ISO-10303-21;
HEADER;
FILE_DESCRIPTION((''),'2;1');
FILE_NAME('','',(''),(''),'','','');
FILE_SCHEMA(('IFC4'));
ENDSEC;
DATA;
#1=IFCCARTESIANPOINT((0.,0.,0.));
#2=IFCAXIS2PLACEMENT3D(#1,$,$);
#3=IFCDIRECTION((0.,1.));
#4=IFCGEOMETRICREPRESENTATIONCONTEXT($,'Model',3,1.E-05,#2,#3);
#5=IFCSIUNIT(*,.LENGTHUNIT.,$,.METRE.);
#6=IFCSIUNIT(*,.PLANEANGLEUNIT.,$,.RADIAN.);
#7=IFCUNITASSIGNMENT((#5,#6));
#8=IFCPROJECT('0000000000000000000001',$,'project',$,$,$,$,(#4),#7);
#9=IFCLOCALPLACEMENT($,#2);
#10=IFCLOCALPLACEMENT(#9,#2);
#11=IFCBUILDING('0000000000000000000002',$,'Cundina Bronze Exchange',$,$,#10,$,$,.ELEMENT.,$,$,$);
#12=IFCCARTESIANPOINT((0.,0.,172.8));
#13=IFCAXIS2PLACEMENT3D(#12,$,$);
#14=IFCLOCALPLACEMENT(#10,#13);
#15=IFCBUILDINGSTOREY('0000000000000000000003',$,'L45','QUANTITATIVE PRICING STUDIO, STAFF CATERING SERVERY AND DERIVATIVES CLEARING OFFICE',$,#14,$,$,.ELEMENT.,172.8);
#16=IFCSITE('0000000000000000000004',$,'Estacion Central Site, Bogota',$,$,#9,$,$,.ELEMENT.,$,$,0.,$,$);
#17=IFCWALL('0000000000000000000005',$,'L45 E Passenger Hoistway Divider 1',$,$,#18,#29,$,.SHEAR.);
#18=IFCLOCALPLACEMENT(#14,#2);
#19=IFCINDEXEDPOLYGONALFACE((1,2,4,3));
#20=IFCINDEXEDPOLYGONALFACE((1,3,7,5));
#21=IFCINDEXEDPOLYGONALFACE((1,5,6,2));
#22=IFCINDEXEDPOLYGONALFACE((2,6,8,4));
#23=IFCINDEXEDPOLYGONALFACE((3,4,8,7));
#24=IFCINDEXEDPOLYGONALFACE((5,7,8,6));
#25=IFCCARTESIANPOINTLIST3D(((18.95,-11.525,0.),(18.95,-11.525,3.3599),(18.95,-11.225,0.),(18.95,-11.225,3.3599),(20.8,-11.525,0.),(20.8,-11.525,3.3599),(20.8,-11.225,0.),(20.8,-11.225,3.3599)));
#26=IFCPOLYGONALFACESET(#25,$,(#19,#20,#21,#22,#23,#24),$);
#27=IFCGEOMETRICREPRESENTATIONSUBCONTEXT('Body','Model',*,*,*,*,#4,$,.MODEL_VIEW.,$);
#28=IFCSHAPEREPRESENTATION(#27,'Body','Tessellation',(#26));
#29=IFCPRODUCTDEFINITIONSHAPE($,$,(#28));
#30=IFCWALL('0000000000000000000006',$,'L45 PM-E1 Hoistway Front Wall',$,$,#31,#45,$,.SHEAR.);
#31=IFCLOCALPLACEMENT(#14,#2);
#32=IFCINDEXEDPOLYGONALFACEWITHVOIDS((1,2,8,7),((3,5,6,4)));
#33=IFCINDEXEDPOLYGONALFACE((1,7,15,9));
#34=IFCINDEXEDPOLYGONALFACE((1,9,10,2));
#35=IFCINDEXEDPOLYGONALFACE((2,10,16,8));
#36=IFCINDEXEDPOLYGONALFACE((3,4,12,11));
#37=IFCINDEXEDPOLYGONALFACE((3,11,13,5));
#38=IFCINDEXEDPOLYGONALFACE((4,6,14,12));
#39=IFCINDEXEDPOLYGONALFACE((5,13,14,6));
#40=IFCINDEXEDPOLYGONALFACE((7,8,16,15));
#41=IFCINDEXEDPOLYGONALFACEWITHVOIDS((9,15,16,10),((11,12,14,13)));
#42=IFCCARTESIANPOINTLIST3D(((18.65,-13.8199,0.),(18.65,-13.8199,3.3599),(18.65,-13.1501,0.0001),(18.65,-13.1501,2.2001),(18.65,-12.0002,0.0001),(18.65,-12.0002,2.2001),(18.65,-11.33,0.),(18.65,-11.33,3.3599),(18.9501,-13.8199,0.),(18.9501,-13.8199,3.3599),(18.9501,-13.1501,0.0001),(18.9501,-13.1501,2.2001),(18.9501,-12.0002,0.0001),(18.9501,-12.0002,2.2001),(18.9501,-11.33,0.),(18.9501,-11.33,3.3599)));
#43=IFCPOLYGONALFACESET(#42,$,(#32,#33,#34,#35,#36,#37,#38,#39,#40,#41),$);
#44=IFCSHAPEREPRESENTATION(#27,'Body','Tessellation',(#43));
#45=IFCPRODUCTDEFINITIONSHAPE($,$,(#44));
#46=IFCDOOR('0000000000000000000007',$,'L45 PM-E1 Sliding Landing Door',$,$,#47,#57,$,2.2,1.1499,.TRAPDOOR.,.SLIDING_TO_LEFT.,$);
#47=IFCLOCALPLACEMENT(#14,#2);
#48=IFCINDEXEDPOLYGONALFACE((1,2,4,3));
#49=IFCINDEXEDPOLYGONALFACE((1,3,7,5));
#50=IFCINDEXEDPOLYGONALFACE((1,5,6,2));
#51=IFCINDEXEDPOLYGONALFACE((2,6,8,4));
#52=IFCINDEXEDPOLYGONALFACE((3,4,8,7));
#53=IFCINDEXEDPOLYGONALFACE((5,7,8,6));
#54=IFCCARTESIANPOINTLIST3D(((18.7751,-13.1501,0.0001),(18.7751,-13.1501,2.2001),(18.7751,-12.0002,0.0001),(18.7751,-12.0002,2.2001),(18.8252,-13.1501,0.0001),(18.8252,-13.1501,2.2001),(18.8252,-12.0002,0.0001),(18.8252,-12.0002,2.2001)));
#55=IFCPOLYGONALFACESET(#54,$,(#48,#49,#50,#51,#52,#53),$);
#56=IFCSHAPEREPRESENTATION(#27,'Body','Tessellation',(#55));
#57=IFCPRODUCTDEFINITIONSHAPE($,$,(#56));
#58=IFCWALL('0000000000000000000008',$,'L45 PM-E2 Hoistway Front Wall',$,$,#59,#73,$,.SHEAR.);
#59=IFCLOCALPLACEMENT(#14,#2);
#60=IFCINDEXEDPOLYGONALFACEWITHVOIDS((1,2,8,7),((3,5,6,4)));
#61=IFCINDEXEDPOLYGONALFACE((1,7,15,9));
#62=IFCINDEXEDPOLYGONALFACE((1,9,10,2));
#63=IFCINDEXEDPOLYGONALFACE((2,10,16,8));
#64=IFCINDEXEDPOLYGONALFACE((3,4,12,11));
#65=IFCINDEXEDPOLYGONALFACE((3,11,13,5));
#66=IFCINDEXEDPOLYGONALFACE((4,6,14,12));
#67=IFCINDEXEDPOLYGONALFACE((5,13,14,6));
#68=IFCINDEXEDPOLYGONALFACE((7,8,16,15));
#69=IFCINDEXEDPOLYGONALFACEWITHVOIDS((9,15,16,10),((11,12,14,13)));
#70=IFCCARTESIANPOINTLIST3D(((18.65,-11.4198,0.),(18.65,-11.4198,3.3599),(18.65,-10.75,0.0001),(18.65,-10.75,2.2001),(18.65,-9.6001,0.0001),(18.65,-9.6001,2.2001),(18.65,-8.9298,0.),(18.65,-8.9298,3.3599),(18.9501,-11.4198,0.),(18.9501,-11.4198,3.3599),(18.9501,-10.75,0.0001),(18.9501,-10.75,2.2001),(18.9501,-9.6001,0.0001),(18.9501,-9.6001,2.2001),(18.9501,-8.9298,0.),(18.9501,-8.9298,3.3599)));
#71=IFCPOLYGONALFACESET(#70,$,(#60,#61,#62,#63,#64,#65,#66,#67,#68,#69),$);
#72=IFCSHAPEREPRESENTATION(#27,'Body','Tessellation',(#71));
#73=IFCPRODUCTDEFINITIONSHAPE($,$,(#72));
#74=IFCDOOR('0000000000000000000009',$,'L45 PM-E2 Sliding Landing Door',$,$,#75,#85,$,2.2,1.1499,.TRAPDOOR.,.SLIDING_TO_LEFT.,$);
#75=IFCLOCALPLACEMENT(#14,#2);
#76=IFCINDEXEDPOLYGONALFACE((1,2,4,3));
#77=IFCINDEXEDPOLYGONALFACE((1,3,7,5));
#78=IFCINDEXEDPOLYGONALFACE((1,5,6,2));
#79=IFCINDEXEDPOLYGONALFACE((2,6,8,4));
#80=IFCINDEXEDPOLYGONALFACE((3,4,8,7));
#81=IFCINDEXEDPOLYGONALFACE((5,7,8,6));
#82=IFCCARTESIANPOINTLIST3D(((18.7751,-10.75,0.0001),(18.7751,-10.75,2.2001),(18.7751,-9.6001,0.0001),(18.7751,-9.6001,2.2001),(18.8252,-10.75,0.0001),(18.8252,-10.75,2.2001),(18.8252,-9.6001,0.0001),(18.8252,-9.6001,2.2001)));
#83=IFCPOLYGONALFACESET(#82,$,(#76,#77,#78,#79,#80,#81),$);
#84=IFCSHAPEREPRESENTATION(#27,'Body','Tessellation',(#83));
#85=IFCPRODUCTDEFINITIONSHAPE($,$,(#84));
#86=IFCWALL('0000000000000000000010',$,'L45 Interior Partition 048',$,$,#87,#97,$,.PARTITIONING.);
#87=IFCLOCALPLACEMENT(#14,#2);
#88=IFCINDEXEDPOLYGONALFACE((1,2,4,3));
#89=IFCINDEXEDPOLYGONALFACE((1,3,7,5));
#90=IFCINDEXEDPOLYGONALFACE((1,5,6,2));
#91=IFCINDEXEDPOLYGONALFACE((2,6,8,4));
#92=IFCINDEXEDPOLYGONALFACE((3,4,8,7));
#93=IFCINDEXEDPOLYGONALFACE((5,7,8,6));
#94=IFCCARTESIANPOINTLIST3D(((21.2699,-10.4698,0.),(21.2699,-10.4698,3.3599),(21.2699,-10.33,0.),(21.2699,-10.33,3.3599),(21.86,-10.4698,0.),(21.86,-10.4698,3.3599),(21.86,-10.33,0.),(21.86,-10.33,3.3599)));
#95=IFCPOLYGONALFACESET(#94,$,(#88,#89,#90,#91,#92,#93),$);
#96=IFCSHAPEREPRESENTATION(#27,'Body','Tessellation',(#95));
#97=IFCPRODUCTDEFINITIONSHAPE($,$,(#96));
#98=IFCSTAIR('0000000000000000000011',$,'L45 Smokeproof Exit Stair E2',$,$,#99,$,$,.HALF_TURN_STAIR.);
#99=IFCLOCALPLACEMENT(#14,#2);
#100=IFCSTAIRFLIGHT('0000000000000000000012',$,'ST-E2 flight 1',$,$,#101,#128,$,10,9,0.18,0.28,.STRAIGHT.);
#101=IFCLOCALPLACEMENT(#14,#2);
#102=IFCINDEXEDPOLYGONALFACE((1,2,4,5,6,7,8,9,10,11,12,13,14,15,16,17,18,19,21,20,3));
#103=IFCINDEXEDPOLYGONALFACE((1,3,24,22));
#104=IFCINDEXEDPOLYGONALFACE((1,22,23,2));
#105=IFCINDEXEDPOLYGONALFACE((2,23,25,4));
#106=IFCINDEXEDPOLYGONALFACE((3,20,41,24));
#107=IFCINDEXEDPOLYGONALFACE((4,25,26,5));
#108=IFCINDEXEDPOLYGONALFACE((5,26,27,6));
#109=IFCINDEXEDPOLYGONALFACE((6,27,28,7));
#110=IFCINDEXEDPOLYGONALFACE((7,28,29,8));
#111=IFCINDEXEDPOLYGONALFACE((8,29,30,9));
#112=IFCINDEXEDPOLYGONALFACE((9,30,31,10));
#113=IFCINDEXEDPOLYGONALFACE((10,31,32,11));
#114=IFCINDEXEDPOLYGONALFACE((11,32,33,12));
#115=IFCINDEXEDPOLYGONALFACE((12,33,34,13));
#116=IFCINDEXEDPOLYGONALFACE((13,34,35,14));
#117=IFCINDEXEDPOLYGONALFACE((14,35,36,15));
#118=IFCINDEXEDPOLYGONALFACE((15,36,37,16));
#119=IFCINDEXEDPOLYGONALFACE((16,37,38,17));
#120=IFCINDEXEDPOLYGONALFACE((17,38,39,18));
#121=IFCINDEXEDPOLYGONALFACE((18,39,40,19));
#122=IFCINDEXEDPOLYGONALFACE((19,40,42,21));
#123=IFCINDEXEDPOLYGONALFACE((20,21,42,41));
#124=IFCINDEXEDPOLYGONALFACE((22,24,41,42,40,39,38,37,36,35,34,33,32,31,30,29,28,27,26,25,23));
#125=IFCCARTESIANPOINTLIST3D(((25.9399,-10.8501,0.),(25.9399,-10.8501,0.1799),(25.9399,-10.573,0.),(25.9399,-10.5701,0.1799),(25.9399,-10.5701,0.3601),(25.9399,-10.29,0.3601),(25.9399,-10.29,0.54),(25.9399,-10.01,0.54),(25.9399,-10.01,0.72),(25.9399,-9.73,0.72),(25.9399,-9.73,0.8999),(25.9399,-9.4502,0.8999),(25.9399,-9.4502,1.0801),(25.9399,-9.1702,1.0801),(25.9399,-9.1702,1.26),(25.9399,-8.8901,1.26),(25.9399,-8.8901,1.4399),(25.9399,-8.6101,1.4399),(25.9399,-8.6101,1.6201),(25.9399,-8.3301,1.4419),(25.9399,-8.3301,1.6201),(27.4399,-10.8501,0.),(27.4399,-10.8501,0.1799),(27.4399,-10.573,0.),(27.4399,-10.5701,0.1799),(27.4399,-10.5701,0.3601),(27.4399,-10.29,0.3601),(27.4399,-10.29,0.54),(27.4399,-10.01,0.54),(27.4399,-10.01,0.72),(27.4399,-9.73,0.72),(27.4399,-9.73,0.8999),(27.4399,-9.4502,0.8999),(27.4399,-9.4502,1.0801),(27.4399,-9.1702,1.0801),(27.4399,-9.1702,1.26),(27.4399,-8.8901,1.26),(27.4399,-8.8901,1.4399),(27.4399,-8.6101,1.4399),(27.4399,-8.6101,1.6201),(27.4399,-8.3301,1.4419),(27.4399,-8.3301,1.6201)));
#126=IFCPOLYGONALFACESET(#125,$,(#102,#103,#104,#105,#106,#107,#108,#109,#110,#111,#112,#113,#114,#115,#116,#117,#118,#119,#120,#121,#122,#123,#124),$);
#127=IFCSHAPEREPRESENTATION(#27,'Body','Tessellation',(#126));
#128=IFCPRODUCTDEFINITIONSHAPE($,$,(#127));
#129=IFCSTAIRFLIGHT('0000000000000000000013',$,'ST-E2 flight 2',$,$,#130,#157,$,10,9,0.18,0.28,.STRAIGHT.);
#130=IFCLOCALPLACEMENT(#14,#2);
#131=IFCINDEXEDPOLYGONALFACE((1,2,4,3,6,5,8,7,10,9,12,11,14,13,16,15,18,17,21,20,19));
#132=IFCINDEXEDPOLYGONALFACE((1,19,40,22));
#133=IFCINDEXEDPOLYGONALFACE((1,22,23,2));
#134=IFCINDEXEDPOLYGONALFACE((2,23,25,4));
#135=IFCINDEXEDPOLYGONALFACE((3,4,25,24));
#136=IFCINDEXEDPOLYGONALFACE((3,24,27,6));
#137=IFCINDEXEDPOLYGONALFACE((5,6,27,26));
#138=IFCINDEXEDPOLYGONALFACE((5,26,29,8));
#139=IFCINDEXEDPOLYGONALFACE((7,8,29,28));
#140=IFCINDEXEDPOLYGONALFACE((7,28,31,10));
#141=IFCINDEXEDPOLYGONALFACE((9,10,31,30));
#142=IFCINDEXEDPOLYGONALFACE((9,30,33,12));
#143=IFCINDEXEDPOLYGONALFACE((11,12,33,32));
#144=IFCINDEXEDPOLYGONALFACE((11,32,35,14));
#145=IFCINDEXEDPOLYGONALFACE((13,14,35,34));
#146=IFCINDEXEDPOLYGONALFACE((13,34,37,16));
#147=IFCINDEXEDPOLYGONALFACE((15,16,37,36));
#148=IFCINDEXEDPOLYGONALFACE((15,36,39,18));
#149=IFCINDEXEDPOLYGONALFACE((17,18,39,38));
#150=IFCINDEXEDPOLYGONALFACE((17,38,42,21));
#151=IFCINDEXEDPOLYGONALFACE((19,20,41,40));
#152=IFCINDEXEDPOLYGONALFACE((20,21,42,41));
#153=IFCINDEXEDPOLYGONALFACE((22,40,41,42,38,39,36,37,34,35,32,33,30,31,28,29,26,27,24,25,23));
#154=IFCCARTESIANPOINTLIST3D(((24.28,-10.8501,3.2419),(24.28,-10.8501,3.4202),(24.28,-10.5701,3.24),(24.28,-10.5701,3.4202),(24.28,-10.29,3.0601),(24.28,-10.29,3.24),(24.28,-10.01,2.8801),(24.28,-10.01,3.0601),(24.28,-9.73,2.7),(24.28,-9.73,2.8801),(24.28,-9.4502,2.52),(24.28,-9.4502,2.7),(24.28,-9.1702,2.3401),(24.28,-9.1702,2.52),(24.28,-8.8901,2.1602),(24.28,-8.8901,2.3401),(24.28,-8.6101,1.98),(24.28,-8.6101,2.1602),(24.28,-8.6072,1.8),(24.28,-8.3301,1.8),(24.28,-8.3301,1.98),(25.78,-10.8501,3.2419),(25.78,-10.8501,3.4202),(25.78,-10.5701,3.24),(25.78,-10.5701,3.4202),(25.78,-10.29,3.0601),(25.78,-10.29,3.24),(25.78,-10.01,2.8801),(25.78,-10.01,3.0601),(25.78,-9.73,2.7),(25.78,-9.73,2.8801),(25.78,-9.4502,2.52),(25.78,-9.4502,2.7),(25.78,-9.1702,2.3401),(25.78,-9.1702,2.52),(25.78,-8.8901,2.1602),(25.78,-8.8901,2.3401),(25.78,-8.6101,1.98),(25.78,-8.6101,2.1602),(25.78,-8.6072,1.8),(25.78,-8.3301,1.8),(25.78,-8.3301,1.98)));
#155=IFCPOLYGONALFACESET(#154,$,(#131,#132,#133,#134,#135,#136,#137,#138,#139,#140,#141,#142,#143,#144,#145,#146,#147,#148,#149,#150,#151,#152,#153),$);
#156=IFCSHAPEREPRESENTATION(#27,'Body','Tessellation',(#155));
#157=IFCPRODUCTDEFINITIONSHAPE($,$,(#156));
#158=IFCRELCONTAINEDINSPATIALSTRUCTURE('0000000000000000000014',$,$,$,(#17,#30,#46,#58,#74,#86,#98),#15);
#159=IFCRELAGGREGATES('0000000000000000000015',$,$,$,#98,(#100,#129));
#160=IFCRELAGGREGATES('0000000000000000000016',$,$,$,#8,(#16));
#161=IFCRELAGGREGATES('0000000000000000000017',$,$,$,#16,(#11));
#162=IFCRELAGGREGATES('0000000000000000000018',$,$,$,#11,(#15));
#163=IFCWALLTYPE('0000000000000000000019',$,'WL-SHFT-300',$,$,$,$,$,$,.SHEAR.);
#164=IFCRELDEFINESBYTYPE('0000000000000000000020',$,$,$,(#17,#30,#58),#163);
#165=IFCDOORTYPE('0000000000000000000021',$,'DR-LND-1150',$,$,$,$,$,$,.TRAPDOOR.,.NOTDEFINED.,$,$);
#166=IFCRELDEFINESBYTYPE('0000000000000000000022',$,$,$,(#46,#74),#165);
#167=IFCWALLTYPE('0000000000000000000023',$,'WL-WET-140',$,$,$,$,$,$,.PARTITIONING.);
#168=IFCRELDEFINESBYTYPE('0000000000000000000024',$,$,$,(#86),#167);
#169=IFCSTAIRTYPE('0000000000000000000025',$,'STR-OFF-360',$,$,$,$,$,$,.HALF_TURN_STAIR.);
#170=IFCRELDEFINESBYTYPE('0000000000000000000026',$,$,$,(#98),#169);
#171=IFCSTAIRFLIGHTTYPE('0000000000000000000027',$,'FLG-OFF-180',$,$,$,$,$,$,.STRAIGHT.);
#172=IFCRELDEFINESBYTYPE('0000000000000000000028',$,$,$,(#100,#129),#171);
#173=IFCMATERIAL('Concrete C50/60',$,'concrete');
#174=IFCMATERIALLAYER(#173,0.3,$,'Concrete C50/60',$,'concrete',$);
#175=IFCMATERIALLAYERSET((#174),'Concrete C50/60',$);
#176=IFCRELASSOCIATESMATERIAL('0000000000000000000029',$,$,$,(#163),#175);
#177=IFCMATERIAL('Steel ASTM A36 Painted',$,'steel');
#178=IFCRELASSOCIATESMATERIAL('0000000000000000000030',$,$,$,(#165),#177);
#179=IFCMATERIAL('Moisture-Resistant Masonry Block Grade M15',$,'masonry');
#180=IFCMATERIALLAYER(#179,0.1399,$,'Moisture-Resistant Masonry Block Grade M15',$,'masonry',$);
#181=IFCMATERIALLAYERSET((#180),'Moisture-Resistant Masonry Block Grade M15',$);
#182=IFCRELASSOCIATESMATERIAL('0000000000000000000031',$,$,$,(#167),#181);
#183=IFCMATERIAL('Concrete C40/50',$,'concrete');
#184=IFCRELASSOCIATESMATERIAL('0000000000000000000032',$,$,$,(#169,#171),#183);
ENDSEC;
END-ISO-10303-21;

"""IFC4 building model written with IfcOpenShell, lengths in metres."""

from ifc_helpers import new_model, si_unit, direction, frame, frame_2d, origin, place, context, subcontext, project, spatial, polyline, rectangle, outline, extrude, material, layer, layer_set, type_object, element, fill, aggregate, save


model = new_model("IFC4")

# Units and contexts
model_context = context("Model", 3, precision=1e-05, world=origin(), true_north=direction((0.0, 1.0)))
body_context = subcontext(model_context, "Body", "Model", "MODEL_VIEW")
ifc_project = project(units=[si_unit("LENGTHUNIT", "METRE"), si_unit("PLANEANGLEUNIT", "RADIAN")], contexts=[model_context])

# Site, building, storey
site_placement = place(None, origin())
site = spatial("IfcSite", under=ifc_project, at=site_placement, Name="Estacion Central Site, Bogota", CompositionType="ELEMENT", RefElevation=0.0)
building_placement = place(site_placement, origin())
building = spatial("IfcBuilding", under=site, at=building_placement, Name="Cundina Bronze Exchange", CompositionType="ELEMENT")
storey_placement = place(building_placement, frame((0.0, 0.0, 172.8)))
storey = spatial("IfcBuildingStorey", under=building, at=storey_placement, Name="L45", Description="QUANTITATIVE PRICING STUDIO, STAFF CATERING SERVERY AND DERIVATIVES CLEARING OFFICE", CompositionType="ELEMENT", Elevation=172.8)

# Shared definitions
ifc_material_1 = material(Name="Concrete C50/60", Category="concrete")

# Shared definitions
ifc_layer_1 = layer(ifc_material_1, 0.3, Name="Concrete C50/60", Category="concrete")
ifc_layer_set_1 = layer_set([ifc_layer_1], Name="Concrete C50/60")
wall_type_1 = type_object("IfcWallType", Name="WL-SHFT-300", PredefinedType="SHEAR", material=ifc_layer_set_1)

# Shared definitions
ifc_material_2 = material(Name="Steel ASTM A36 Painted", Category="steel")
door_type_1 = type_object("IfcDoorType", Name="DR-LND-1150", OperationType="NOTDEFINED", PredefinedType="TRAPDOOR", material=ifc_material_2)

# Wall
wall_1_placement = place(storey_placement, frame((18.95, -11.375, 0.0), z_axis=(0.0, 0.0, 1.0), x_axis=(1.0, 0.0, 0.0)))
element("IfcWall", 1, at=wall_1_placement, inside=storey, type_object=wall_type_1, Name="L45 E Passenger Hoistway Divider 1", PredefinedType="SHEAR", context=body_context, shape_type="SweptSolid", body=[
    extrude(rectangle(XDim=1.8501, YDim=0.3, at=frame_2d((0.925, 0.0))), origin(), (0.0, 0.0, 1.0), 3.3599),
])

# Walls, openings, doors
wall_2_placement = place(storey_placement, frame((18.8, -13.8201, 0.0), z_axis=(0.0, 0.0, 1.0), x_axis=(0.0, 1.0, 0.0)))
wall_2 = element("IfcWall", 2, at=wall_2_placement, inside=storey, type_object=wall_type_1, Name="L45 PM-E1 Hoistway Front Wall", PredefinedType="SHEAR", context=body_context, shape_type="SweptSolid", body=[
    extrude(rectangle(XDim=2.49, YDim=0.3, at=frame_2d((1.2451, 0.0))), origin(), (0.0, 0.0, 1.0), 3.3599),
])
opening_1_placement = place(wall_2_placement, frame((0.6699, 0.0, 0.0)))
opening_1 = element("IfcOpeningElement", 3, at=opening_1_placement, cuts=wall_2, PredefinedType="OPENING", context=body_context, shape_type="SweptSolid", body=[
    extrude(rectangle(XDim=1.1499, YDim=2.2, at=frame_2d((0.575, 1.1001))), frame((0.0, 0.1599, 0.0), z_axis=(0.0, -1.0, 0.0), x_axis=(1.0, 0.0, 0.0)), (0.0, 0.0, 1.0), 0.3201),
])
door_1_placement = place(opening_1_placement, origin())
door_1 = element("IfcDoor", 4, at=door_1_placement, inside=storey, type_object=door_type_1, Name="L45 PM-E1 Sliding Landing Door", OperationType="SLIDING_TO_LEFT", OverallHeight=2.2, OverallWidth=1.1499, PredefinedType="TRAPDOOR", context=body_context, shape_type="SweptSolid", body=[
    extrude(rectangle(XDim=1.1499, YDim=2.2, at=frame_2d((0.575, 1.1001))), frame((0.0, 0.0249, 0.0), z_axis=(0.0, -1.0, 0.0), x_axis=(1.0, 0.0, 0.0)), (0.0, 0.0, 1.0), 0.05),
])
fill(opening_1, door_1)
wall_3_placement = place(storey_placement, frame((18.8, -11.4199, 0.0), z_axis=(0.0, 0.0, 1.0), x_axis=(0.0, 1.0, 0.0)))
wall_3 = element("IfcWall", 5, at=wall_3_placement, inside=storey, type_object=wall_type_1, Name="L45 PM-E2 Hoistway Front Wall", PredefinedType="SHEAR", context=body_context, shape_type="SweptSolid", body=[
    extrude(rectangle(XDim=2.49, YDim=0.3, at=frame_2d((1.2451, 0.0))), origin(), (0.0, 0.0, 1.0), 3.3599),
])
opening_2_placement = place(wall_3_placement, frame((0.6699, 0.0, 0.0)))
opening_2 = element("IfcOpeningElement", 6, at=opening_2_placement, cuts=wall_3, PredefinedType="OPENING", context=body_context, shape_type="SweptSolid", body=[
    extrude(rectangle(XDim=1.1499, YDim=2.2, at=frame_2d((0.575, 1.1001))), frame((0.0, 0.1599, 0.0), z_axis=(0.0, -1.0, 0.0), x_axis=(1.0, 0.0, 0.0)), (0.0, 0.0, 1.0), 0.3201),
])
door_2_placement = place(opening_2_placement, origin())
door_2 = element("IfcDoor", 7, at=door_2_placement, inside=storey, type_object=door_type_1, Name="L45 PM-E2 Sliding Landing Door", OperationType="SLIDING_TO_LEFT", OverallHeight=2.2, OverallWidth=1.1499, PredefinedType="TRAPDOOR", context=body_context, shape_type="SweptSolid", body=[
    extrude(rectangle(XDim=1.1499, YDim=2.2, at=frame_2d((0.575, 1.1001))), frame((0.0, 0.0249, 0.0), z_axis=(0.0, -1.0, 0.0), x_axis=(1.0, 0.0, 0.0)), (0.0, 0.0, 1.0), 0.05),
])
fill(opening_2, door_2)

# Wall
ifc_material_3 = material(Name="Moisture-Resistant Masonry Block Grade M15", Category="masonry")
ifc_layer_2 = layer(ifc_material_3, 0.1399, Name="Moisture-Resistant Masonry Block Grade M15", Category="masonry")
ifc_layer_set_2 = layer_set([ifc_layer_2], Name="Moisture-Resistant Masonry Block Grade M15")
wall_type_2 = type_object("IfcWallType", Name="WL-WET-140", PredefinedType="PARTITIONING", material=ifc_layer_set_2)
wall_4_placement = place(storey_placement, frame((21.27, -10.3999, 0.0), z_axis=(0.0, 0.0, 1.0), x_axis=(1.0, 0.0, 0.0)))
element("IfcWall", 8, at=wall_4_placement, inside=storey, type_object=wall_type_2, Name="L45 Interior Partition 048", PredefinedType="PARTITIONING", context=body_context, shape_type="SweptSolid", body=[
    extrude(rectangle(XDim=0.5901, YDim=0.1399, at=frame_2d((0.2949, 0.0))), origin(), (0.0, 0.0, 1.0), 3.3599),
])

# Stair, stair flights
ifc_material_4 = material(Name="Concrete C40/50", Category="concrete")
stair_type = type_object("IfcStairType", Name="STR-OFF-360", PredefinedType="HALF_TURN_STAIR", material=ifc_material_4)
stair_placement = place(storey_placement, origin())
stair = element("IfcStair", 9, at=stair_placement, inside=storey, type_object=stair_type, Name="L45 Smokeproof Exit Stair E2", PredefinedType="HALF_TURN_STAIR")
stair_flight_type = type_object("IfcStairFlightType", Name="FLG-OFF-180", PredefinedType="STRAIGHT", material=ifc_material_4)
stair_flight_1_placement = place(storey_placement, frame((26.6899, -10.8501, 0.0), z_axis=(0.0, 0.0, 1.0), x_axis=(0.0, 1.0, 0.0)))
stair_flight_1 = element("IfcStairFlight", 10, at=stair_flight_1_placement, type_object=stair_flight_type, Name="ST-E2 flight 1", NumberOfRisers=10, NumberOfTreads=9, PredefinedType="STRAIGHT", RiserHeight=0.18, TreadLength=0.28, context=body_context, shape_type="SweptSolid", body=[
    extrude(outline(polyline([(0.0, 0.0), (0.0, 0.1799), (0.28, 0.1799), (0.28, 0.3601), (0.5601, 0.3601), (0.5601, 0.54), (0.8401, 0.54), (0.8401, 0.72), (1.1201, 0.72), (1.1201, 0.8999), (1.3999, 0.8999), (1.3999, 1.0801), (1.6799, 1.0801), (1.6799, 1.26), (1.96, 1.26), (1.96, 1.4399), (2.24, 1.4399), (2.24, 1.6201), (2.52, 1.6201), (2.52, 1.8), (2.52, 1.4419), (0.2771, 0.0), (0.0, 0.0)])), frame((0.0, 0.75, 0.0), z_axis=(0.0, -1.0, 0.0), x_axis=(1.0, 0.0, 0.0)), (0.0, 0.0, 1.0), 1.5),
])
stair_flight_2_placement = place(storey_placement, frame((25.03, -8.3301, 1.8), z_axis=(0.0, 0.0, 1.0), x_axis=(0.0, -1.0, 0.0)))
stair_flight_2 = element("IfcStairFlight", 11, at=stair_flight_2_placement, type_object=stair_flight_type, Name="ST-E2 flight 2", NumberOfRisers=10, NumberOfTreads=9, PredefinedType="STRAIGHT", RiserHeight=0.18, TreadLength=0.28, context=body_context, shape_type="SweptSolid", body=[
    extrude(outline(polyline([(0.0, 0.0), (0.0, 0.1799), (0.28, 0.1799), (0.28, 0.3601), (0.5601, 0.3601), (0.5601, 0.54), (0.8401, 0.54), (0.8401, 0.72), (1.1201, 0.72), (1.1201, 0.8999), (1.3999, 0.8999), (1.3999, 1.0801), (1.6799, 1.0801), (1.6799, 1.26), (1.96, 1.26), (1.96, 1.4399), (2.24, 1.4399), (2.24, 1.6201), (2.52, 1.6201), (2.52, 1.8), (2.52, 1.4419), (0.2771, 0.0), (0.0, 0.0)])), frame((0.0, 0.75, 0.0), z_axis=(0.0, -1.0, 0.0), x_axis=(1.0, 0.0, 0.0)), (0.0, 0.0, 1.0), 1.5),
])
aggregate(stair, [stair_flight_1, stair_flight_2])

save(model, "model.ifc")
